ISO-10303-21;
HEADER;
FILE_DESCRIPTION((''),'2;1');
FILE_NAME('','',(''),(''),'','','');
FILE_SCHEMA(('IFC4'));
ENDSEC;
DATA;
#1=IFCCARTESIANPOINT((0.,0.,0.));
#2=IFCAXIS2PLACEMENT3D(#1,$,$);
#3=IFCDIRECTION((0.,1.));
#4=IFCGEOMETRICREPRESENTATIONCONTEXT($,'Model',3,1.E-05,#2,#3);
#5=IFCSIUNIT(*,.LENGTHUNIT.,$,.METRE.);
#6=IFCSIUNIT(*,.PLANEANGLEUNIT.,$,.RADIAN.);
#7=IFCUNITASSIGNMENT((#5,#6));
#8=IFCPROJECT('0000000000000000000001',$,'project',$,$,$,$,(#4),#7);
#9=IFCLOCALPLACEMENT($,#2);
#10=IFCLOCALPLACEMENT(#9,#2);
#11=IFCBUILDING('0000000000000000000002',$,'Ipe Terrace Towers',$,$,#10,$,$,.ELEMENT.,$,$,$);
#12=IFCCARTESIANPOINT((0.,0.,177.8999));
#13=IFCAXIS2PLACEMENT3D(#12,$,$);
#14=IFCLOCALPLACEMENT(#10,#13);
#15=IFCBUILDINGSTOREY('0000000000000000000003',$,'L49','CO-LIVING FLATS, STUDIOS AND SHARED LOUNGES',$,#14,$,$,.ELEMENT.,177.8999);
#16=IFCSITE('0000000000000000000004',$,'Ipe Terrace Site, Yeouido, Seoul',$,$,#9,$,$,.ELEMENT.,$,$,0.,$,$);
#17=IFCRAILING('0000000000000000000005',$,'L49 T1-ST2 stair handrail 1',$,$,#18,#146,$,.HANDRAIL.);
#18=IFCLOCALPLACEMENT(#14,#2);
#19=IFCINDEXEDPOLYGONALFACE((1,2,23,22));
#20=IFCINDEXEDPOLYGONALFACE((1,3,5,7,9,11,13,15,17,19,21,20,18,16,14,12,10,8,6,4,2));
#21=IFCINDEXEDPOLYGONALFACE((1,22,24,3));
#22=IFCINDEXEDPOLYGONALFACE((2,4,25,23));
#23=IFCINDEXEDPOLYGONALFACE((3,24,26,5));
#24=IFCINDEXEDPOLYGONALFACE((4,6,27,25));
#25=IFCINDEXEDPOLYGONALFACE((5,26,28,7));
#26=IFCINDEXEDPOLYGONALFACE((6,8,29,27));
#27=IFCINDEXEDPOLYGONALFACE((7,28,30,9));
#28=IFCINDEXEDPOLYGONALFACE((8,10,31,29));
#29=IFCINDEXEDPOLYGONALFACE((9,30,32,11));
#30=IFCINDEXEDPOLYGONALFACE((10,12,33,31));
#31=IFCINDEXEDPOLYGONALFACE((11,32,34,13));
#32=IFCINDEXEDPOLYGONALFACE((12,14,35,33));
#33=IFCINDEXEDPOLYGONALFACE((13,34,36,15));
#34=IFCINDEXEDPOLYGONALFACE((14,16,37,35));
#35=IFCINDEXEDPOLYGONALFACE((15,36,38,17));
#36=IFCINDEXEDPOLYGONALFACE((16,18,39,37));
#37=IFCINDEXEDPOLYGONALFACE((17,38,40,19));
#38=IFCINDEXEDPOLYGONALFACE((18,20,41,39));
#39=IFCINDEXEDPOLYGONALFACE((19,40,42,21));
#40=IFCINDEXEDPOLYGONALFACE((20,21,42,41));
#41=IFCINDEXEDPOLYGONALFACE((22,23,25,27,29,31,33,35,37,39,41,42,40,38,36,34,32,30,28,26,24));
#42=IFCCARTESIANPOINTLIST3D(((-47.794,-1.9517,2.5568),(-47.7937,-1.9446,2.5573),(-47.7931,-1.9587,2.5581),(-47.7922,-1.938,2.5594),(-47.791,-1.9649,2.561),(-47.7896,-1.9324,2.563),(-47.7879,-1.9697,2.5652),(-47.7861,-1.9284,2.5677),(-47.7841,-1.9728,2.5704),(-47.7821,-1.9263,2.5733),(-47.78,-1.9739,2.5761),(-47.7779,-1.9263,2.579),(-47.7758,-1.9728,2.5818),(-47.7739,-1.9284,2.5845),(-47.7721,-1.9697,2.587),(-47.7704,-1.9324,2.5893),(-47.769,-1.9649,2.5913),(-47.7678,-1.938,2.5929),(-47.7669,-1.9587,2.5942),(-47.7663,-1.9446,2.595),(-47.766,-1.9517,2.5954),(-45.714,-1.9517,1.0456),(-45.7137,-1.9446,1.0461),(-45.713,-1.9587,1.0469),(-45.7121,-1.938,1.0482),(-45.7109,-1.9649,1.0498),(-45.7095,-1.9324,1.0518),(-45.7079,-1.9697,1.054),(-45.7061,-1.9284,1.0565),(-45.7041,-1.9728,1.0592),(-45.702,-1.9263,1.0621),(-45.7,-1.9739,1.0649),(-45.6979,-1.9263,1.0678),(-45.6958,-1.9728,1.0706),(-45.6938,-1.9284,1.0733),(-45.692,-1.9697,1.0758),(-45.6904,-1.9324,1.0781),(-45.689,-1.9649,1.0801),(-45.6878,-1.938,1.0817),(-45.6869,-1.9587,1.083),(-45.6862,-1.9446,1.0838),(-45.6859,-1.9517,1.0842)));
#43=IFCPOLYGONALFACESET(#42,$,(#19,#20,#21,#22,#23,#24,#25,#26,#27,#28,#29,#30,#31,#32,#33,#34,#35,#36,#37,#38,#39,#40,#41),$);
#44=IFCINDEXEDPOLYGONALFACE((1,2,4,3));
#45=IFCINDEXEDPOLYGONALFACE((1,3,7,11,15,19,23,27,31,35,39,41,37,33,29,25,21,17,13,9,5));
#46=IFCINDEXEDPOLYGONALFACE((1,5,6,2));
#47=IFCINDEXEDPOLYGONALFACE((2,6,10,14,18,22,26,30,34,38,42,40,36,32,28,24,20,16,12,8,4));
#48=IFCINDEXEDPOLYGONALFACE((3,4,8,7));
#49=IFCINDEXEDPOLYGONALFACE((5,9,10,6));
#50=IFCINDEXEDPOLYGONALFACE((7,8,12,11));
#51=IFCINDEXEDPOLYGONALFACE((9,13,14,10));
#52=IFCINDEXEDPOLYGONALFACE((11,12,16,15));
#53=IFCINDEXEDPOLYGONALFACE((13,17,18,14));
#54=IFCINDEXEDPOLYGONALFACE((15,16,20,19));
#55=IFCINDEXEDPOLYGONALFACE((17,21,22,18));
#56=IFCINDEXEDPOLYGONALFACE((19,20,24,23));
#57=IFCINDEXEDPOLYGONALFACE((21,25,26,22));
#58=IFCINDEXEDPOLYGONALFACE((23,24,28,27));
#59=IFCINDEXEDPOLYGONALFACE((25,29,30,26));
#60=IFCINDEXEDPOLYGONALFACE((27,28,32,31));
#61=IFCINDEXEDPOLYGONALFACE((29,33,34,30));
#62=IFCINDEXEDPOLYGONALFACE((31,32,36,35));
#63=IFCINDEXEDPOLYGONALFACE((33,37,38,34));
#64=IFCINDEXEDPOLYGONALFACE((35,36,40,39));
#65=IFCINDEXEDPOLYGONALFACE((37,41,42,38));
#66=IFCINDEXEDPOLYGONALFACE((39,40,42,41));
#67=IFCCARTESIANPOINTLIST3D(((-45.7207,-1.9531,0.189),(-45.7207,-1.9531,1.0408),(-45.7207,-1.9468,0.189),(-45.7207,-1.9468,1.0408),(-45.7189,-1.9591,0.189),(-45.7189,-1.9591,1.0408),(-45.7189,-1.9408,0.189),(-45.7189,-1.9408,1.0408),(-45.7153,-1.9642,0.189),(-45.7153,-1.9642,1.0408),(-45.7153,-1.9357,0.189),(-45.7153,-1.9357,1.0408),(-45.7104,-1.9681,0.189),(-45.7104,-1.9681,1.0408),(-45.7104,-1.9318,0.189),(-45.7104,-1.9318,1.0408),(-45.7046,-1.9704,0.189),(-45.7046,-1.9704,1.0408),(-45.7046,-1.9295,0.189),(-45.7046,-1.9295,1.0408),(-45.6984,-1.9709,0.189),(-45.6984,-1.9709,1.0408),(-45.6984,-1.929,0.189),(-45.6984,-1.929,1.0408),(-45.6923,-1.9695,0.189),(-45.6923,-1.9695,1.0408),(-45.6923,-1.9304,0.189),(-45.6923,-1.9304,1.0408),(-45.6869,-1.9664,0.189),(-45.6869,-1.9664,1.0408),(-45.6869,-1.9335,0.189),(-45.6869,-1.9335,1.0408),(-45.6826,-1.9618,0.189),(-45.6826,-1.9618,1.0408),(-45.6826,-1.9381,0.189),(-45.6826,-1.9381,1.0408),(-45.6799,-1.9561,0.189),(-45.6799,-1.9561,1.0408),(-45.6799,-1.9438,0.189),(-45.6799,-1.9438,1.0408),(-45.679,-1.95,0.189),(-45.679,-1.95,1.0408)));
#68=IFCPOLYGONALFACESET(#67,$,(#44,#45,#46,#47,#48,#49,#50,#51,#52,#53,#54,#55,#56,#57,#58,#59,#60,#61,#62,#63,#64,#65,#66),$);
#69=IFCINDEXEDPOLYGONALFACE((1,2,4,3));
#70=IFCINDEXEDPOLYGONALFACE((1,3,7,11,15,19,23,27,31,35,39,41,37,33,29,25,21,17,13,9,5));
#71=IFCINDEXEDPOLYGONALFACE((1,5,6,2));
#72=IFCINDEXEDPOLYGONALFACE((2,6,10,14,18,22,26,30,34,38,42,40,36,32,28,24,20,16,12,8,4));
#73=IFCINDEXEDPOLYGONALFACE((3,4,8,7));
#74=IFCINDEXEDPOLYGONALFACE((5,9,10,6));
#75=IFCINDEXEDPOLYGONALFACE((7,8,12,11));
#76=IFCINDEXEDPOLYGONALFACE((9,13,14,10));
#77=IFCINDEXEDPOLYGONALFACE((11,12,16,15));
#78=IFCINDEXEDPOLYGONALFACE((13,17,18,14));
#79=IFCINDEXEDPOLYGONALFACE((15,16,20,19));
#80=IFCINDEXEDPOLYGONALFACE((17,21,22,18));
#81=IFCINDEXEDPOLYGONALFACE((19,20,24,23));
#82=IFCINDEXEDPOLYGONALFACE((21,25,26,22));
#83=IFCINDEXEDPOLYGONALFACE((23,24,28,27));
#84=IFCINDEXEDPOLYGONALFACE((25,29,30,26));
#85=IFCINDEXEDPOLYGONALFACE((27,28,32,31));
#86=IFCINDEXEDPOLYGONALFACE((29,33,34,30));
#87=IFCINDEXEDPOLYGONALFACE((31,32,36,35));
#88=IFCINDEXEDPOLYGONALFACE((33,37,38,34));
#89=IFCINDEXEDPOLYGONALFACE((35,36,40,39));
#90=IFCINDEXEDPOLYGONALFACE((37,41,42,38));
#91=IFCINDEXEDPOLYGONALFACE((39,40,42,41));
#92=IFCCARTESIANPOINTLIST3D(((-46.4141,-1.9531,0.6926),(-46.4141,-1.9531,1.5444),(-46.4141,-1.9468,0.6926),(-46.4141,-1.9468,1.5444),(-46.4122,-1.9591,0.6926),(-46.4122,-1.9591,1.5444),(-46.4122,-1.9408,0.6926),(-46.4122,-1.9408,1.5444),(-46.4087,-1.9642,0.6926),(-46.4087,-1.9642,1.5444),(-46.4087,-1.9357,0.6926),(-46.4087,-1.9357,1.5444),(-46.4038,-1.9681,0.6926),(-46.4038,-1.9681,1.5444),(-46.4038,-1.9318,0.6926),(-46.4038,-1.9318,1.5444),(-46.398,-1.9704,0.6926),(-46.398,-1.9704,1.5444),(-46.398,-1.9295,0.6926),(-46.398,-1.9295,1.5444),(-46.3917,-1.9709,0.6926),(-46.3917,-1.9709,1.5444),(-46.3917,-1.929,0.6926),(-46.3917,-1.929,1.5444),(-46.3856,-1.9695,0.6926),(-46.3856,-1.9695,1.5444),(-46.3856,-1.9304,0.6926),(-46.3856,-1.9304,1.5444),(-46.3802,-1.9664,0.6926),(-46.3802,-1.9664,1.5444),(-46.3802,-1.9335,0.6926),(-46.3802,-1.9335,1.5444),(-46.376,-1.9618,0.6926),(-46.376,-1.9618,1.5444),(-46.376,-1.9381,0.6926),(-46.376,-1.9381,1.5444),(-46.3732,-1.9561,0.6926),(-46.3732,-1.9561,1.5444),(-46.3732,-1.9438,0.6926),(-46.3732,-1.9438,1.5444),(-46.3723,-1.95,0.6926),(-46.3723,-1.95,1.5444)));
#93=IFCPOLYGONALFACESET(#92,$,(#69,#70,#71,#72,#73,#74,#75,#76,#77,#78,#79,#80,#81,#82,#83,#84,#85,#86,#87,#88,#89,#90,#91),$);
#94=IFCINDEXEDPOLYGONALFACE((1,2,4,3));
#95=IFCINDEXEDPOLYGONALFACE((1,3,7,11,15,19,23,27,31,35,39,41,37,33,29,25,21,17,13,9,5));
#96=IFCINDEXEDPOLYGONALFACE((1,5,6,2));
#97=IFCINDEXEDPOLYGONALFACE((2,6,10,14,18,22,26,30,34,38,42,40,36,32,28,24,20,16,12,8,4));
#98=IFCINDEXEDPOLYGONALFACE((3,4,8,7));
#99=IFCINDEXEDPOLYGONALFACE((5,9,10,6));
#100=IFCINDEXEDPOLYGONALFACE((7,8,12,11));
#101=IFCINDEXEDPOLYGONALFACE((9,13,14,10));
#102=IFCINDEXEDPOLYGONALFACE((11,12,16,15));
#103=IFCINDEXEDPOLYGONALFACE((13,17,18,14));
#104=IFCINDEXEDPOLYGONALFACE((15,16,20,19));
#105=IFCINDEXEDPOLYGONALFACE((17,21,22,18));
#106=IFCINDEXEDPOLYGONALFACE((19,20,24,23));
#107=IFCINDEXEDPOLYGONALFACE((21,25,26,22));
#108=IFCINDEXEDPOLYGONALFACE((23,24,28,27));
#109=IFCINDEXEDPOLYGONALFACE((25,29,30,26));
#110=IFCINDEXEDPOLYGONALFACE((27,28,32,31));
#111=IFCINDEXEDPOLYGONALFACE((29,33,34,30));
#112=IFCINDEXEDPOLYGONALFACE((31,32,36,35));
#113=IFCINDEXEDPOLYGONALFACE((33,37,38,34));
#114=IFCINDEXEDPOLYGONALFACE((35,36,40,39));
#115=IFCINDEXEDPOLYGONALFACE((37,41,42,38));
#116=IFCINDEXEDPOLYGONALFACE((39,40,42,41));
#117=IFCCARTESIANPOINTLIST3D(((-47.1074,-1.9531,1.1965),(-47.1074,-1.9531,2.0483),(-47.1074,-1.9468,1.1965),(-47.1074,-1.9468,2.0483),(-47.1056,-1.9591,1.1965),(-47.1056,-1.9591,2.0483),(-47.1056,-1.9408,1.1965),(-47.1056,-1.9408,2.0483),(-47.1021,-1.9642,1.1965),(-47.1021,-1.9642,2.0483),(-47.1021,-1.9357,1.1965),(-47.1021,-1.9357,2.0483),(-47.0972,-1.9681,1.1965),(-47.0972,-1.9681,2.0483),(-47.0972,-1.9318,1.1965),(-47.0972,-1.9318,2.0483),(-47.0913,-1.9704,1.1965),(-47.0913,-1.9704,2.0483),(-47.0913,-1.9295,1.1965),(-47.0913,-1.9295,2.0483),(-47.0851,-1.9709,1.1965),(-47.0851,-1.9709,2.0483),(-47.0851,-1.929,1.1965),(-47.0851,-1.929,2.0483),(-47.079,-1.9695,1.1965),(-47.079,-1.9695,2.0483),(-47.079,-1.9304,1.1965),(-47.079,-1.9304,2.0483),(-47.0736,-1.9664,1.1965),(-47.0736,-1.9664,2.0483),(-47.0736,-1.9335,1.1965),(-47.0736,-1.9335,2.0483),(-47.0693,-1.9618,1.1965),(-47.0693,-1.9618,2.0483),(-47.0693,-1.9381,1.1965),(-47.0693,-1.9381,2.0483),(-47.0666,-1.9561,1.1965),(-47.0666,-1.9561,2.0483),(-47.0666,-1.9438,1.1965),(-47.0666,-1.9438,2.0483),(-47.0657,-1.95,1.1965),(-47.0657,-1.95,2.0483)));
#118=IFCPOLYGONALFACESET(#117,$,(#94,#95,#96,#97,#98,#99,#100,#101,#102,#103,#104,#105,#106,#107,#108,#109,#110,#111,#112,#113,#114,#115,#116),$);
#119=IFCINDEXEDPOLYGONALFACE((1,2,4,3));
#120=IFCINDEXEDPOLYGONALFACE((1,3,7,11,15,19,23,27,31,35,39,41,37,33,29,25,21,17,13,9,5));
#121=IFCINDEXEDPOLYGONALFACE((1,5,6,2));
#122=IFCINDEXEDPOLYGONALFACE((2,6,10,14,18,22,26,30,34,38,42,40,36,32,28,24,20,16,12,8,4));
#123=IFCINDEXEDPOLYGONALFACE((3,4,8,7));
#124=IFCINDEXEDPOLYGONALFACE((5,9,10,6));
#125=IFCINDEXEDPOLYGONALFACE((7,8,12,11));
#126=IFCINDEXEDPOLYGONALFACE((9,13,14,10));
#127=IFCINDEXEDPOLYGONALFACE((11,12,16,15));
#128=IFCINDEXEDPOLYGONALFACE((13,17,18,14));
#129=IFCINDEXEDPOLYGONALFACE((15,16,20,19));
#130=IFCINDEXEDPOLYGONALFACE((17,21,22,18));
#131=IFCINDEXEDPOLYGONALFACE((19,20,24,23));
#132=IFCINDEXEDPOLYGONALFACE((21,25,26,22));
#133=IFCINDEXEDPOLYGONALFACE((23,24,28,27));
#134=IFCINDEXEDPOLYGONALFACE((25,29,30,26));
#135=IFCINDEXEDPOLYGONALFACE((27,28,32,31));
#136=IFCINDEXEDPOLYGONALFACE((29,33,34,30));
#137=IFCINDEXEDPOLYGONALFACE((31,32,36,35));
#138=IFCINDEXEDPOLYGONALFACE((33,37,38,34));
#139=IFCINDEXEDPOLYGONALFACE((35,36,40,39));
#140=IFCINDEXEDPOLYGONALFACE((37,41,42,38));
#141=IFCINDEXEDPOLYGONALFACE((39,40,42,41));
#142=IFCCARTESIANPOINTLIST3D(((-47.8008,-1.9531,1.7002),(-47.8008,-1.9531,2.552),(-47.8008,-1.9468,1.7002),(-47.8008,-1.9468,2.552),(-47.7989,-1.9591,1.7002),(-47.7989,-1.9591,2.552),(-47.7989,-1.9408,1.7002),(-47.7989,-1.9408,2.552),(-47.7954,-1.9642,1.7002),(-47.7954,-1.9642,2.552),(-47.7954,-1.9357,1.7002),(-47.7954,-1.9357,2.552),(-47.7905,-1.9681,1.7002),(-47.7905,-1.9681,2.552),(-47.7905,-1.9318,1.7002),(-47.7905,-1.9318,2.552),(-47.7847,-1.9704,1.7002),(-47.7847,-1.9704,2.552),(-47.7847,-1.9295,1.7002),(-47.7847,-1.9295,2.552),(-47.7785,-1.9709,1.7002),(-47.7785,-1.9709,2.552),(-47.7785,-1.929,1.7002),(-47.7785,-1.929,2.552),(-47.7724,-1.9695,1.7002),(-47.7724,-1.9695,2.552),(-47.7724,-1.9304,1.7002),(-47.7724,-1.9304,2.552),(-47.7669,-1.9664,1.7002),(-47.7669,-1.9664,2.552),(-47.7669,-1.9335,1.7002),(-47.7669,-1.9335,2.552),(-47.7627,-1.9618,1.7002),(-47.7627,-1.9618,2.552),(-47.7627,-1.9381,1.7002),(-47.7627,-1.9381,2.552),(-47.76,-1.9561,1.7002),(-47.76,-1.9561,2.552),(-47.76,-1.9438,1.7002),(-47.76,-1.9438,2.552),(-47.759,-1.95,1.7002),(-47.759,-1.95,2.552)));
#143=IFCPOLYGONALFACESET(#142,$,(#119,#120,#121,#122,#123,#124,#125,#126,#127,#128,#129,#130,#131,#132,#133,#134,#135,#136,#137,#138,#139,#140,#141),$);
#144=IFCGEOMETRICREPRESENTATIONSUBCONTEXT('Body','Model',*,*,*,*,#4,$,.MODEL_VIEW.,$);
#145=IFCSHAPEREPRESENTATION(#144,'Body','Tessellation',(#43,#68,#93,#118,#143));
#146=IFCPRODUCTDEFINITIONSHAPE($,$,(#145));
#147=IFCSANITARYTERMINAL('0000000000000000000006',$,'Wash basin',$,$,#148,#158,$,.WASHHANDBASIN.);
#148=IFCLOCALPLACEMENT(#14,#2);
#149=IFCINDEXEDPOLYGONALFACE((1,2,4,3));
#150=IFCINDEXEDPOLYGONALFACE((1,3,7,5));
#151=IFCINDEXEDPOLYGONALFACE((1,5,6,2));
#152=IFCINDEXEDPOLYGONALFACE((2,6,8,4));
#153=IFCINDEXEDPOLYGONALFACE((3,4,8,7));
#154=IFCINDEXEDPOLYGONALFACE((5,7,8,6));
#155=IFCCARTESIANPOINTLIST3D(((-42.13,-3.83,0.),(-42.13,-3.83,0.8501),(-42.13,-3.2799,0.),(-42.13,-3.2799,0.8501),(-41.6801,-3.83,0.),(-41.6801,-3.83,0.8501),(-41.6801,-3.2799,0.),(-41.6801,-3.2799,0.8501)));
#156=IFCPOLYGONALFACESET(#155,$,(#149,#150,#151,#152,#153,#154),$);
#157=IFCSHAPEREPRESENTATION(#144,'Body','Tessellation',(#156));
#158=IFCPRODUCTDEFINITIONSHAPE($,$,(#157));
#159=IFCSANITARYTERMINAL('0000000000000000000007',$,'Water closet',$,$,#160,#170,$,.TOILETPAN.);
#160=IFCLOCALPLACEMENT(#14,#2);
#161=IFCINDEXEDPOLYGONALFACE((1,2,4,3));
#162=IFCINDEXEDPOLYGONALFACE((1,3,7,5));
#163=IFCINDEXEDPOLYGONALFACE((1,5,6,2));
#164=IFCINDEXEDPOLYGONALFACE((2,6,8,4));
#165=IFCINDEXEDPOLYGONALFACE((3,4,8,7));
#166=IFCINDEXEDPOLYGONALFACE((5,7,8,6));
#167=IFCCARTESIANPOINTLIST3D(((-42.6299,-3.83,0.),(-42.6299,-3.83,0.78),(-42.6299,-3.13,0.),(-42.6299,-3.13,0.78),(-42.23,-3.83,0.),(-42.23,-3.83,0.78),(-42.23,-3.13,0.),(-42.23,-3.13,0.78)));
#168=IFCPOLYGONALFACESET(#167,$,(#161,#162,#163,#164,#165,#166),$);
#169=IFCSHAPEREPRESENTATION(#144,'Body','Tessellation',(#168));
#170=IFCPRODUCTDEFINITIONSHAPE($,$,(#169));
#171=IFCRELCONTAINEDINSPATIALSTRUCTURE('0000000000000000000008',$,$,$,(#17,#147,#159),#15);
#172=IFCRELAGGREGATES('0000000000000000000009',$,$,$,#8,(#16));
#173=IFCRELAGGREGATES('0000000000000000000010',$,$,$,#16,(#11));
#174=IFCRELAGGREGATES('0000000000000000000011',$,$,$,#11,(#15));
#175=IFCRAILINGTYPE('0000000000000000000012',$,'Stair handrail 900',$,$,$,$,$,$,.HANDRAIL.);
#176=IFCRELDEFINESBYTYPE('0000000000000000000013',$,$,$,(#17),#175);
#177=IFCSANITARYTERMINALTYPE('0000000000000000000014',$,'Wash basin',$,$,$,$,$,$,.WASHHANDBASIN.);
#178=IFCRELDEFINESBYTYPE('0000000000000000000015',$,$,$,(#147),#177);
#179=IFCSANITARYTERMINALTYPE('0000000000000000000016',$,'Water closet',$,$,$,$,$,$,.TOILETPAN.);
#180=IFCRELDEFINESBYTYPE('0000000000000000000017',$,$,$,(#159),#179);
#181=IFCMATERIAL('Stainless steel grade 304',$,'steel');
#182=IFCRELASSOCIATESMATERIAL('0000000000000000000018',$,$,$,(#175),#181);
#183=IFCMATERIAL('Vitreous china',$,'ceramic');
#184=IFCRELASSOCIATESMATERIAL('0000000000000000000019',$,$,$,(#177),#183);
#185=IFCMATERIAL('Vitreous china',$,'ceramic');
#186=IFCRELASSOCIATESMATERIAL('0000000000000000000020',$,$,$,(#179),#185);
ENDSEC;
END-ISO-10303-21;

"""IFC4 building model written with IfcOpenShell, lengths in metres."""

from ifc_helpers import new_model, si_unit, direction, frame, origin, origin_2d, place, context, subcontext, project, spatial, rectangle, circle, extrude, material, type_object, element, save


model = new_model("IFC4")

# Units and contexts
model_context = context("Model", 3, precision=1e-05, world=origin(), true_north=direction((0.0, 1.0)))
body_context = subcontext(model_context, "Body", "Model", "MODEL_VIEW")
ifc_project = project(units=[si_unit("LENGTHUNIT", "METRE"), si_unit("PLANEANGLEUNIT", "RADIAN")], contexts=[model_context])

# Site, building, storey
site_placement = place(None, origin())
site = spatial("IfcSite", under=ifc_project, at=site_placement, Name="Ipe Terrace Site, Yeouido, Seoul", CompositionType="ELEMENT", RefElevation=0.0)
building_placement = place(site_placement, origin())
building = spatial("IfcBuilding", under=site, at=building_placement, Name="Ipe Terrace Towers", CompositionType="ELEMENT")
storey_placement = place(building_placement, frame((0.0, 0.0, 177.8999)))
storey = spatial("IfcBuildingStorey", under=building, at=storey_placement, Name="L49", Description="CO-LIVING FLATS, STUDIOS AND SHARED LOUNGES", CompositionType="ELEMENT", Elevation=177.8999)

# Railing
ifc_material_1 = material(Name="Stainless steel grade 304", Category="steel")
railing_type = type_object("IfcRailingType", Name="Stair handrail 900", PredefinedType="HANDRAIL", material=ifc_material_1)
railing_placement = place(storey_placement, frame((-45.7, -1.95, 0.189)))
element("IfcRailing", 1, at=railing_placement, inside=storey, type_object=railing_type, Name="L49 T1-ST2 stair handrail 1", PredefinedType="HANDRAIL", context=body_context, shape_type="SweptSolid", body=[
    extrude(circle(Radius=0.0239, at=origin_2d()), frame((0.0, 0.0, 0.876), z_axis=(-0.809023, 0.0, 0.587776), x_axis=(0.0, -1.0, 0.0)), (0.0, 0.0, 1.0), 2.571),
    extrude(circle(Radius=0.021, at=origin_2d()), origin(), (0.0, 0.0, 1.0), 0.8518),
    extrude(circle(Radius=0.021, at=origin_2d()), frame((-0.6934, 0.0, 0.5037)), (0.0, 0.0, 1.0), 0.8518),
    extrude(circle(Radius=0.021, at=origin_2d()), frame((-1.3867, 0.0, 1.0076)), (0.0, 0.0, 1.0), 0.8518),
    extrude(circle(Radius=0.021, at=origin_2d()), frame((-2.0801, 0.0, 1.5112)), (0.0, 0.0, 1.0), 0.8518),
])

# Sanitary terminals
ifc_material_2 = material(Name="Vitreous china", Category="ceramic")
sanitary_terminal_type_1 = type_object("IfcSanitaryTerminalType", Name="Wash basin", PredefinedType="WASHHANDBASIN", material=ifc_material_2)
sanitary_terminal_1_placement = place(storey_placement, frame((-41.905, -3.5549, 0.0), z_axis=(0.0, 0.0, 1.0), x_axis=(0.0, 1.0, 0.0)))
element("IfcSanitaryTerminal", 2, at=sanitary_terminal_1_placement, inside=storey, type_object=sanitary_terminal_type_1, Name="Wash basin", PredefinedType="WASHHANDBASIN", context=body_context, shape_type="SweptSolid", body=[
    extrude(rectangle(XDim=0.55, YDim=0.45, at=origin_2d()), origin(), (0.0, 0.0, 1.0), 0.8501),
])
ifc_material_3 = material(Name="Vitreous china", Category="ceramic")
sanitary_terminal_type_2 = type_object("IfcSanitaryTerminalType", Name="Water closet", PredefinedType="TOILETPAN", material=ifc_material_3)
sanitary_terminal_2_placement = place(storey_placement, frame((-42.4299, -3.48, 0.0), z_axis=(0.0, 0.0, 1.0), x_axis=(0.0, 1.0, 0.0)))
element("IfcSanitaryTerminal", 3, at=sanitary_terminal_2_placement, inside=storey, type_object=sanitary_terminal_type_2, Name="Water closet", PredefinedType="TOILETPAN", context=body_context, shape_type="SweptSolid", body=[
    extrude(rectangle(XDim=0.7, YDim=0.3999, at=origin_2d()), origin(), (0.0, 0.0, 1.0), 0.78),
])

save(model, "model.ifc")
